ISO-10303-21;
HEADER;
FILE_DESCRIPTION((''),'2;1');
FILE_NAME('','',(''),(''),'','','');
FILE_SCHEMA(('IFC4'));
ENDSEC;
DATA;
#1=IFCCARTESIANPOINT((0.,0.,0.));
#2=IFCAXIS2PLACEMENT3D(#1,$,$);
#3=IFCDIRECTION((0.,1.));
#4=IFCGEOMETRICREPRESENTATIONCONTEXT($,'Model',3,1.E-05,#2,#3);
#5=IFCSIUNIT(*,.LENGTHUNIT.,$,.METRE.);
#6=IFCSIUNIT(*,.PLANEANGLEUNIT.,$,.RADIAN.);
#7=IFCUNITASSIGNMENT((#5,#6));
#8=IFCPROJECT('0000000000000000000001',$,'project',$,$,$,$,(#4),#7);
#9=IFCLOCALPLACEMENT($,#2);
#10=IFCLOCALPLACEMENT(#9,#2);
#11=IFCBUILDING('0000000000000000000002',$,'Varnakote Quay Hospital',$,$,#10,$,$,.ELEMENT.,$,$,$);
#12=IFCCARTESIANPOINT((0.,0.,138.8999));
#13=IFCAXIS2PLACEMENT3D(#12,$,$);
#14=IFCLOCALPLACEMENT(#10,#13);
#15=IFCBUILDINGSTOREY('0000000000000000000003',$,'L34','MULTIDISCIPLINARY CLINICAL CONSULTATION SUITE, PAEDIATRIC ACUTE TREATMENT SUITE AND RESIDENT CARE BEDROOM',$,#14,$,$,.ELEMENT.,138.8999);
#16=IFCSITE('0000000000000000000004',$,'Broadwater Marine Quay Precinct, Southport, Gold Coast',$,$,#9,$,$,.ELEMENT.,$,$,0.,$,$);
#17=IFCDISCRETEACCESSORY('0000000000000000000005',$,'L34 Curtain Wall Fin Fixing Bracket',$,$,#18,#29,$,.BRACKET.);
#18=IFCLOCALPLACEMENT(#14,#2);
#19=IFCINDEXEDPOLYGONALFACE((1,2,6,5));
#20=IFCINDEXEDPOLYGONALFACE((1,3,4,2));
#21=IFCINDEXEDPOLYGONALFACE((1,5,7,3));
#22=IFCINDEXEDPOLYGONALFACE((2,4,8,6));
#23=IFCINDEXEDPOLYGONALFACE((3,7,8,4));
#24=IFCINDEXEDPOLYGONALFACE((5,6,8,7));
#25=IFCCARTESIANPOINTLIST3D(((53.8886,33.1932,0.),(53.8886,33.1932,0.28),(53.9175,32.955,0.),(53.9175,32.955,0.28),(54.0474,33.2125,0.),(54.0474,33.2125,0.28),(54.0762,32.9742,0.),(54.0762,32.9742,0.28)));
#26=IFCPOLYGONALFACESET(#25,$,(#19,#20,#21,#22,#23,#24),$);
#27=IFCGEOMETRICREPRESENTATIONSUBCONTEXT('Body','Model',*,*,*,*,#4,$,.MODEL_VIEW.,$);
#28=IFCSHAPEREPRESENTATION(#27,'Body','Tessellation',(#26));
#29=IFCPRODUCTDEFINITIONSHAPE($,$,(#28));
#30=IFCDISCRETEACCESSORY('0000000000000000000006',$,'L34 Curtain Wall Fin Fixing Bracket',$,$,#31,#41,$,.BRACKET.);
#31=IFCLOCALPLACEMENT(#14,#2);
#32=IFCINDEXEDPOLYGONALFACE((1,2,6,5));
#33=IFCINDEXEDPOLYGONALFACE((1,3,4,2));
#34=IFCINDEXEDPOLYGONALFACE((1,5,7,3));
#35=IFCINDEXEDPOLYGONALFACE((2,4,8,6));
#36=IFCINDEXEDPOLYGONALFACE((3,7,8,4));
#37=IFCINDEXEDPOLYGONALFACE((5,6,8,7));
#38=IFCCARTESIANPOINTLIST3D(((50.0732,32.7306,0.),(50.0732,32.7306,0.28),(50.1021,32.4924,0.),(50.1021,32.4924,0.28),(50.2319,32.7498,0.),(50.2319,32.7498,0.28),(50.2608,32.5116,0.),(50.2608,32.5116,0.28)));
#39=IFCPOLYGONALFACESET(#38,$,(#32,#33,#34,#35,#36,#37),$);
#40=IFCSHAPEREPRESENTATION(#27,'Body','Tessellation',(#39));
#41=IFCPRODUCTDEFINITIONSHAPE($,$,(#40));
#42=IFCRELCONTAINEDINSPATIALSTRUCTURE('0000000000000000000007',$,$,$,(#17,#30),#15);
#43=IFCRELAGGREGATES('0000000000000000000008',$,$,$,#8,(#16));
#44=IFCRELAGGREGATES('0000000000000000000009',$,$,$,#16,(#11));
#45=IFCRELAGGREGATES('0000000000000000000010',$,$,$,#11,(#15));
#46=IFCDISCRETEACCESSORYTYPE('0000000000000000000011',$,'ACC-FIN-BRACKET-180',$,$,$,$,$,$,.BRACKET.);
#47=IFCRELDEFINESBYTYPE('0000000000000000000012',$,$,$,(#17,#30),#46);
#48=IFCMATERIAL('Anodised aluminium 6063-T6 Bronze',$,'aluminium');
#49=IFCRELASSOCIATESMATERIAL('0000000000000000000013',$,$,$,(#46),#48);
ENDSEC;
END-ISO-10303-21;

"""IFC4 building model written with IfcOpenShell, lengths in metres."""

from ifc_helpers import new_model, si_unit, direction, frame, origin, origin_2d, place, context, subcontext, project, spatial, rectangle, extrude, material, type_object, element, save


model = new_model("IFC4")

# Units and contexts
model_context = context("Model", 3, precision=1e-05, world=origin(), true_north=direction((0.0, 1.0)))
body_context = subcontext(model_context, "Body", "Model", "MODEL_VIEW")
ifc_project = project(units=[si_unit("LENGTHUNIT", "METRE"), si_unit("PLANEANGLEUNIT", "RADIAN")], contexts=[model_context])

# Site, building, storey
site_placement = place(None, origin())
site = spatial("IfcSite", under=ifc_project, at=site_placement, Name="Broadwater Marine Quay Precinct, Southport, Gold Coast", CompositionType="ELEMENT", RefElevation=0.0)
building_placement = place(site_placement, origin())
building = spatial("IfcBuilding", under=site, at=building_placement, Name="Varnakote Quay Hospital", CompositionType="ELEMENT")
storey_placement = place(building_placement, frame((0.0, 0.0, 138.8999)))
storey = spatial("IfcBuildingStorey", under=building, at=storey_placement, Name="L34", Description="MULTIDISCIPLINARY CLINICAL CONSULTATION SUITE, PAEDIATRIC ACUTE TREATMENT SUITE AND RESIDENT CARE BEDROOM", CompositionType="ELEMENT", Elevation=138.8999)

# Discrete accessories
ifc_material_1 = material(Name="Anodised aluminium 6063-T6 Bronze", Category="aluminium")
discrete_accessory_type = type_object("IfcDiscreteAccessoryType", Name="ACC-FIN-BRACKET-180", PredefinedType="BRACKET", material=ifc_material_1)
for number, where, z_axis, x_axis, name in (
    (1, (53.9824, 33.0837, 0.0), (0.0, 0.0, 1.0), (-0.992736, -0.12031, 0.0), "L34 Curtain Wall Fin Fixing Bracket"),
    (2, (50.167, 32.6211, 0.0), (0.0, 0.0, 1.0), (-0.992736, -0.12031, 0.0), "L34 Curtain Wall Fin Fixing Bracket"),
):
    element("IfcDiscreteAccessory", number, at=place(storey_placement, frame(where, z_axis=z_axis, x_axis=x_axis)), inside=storey, type_object=discrete_accessory_type, Name=name, PredefinedType="BRACKET", context=body_context, shape_type="SweptSolid", body=[
        extrude(rectangle(XDim=0.1599, YDim=0.24, at=origin_2d()), origin(), (0.0, 0.0, 1.0), 0.28),
    ])

save(model, "model.ifc")
